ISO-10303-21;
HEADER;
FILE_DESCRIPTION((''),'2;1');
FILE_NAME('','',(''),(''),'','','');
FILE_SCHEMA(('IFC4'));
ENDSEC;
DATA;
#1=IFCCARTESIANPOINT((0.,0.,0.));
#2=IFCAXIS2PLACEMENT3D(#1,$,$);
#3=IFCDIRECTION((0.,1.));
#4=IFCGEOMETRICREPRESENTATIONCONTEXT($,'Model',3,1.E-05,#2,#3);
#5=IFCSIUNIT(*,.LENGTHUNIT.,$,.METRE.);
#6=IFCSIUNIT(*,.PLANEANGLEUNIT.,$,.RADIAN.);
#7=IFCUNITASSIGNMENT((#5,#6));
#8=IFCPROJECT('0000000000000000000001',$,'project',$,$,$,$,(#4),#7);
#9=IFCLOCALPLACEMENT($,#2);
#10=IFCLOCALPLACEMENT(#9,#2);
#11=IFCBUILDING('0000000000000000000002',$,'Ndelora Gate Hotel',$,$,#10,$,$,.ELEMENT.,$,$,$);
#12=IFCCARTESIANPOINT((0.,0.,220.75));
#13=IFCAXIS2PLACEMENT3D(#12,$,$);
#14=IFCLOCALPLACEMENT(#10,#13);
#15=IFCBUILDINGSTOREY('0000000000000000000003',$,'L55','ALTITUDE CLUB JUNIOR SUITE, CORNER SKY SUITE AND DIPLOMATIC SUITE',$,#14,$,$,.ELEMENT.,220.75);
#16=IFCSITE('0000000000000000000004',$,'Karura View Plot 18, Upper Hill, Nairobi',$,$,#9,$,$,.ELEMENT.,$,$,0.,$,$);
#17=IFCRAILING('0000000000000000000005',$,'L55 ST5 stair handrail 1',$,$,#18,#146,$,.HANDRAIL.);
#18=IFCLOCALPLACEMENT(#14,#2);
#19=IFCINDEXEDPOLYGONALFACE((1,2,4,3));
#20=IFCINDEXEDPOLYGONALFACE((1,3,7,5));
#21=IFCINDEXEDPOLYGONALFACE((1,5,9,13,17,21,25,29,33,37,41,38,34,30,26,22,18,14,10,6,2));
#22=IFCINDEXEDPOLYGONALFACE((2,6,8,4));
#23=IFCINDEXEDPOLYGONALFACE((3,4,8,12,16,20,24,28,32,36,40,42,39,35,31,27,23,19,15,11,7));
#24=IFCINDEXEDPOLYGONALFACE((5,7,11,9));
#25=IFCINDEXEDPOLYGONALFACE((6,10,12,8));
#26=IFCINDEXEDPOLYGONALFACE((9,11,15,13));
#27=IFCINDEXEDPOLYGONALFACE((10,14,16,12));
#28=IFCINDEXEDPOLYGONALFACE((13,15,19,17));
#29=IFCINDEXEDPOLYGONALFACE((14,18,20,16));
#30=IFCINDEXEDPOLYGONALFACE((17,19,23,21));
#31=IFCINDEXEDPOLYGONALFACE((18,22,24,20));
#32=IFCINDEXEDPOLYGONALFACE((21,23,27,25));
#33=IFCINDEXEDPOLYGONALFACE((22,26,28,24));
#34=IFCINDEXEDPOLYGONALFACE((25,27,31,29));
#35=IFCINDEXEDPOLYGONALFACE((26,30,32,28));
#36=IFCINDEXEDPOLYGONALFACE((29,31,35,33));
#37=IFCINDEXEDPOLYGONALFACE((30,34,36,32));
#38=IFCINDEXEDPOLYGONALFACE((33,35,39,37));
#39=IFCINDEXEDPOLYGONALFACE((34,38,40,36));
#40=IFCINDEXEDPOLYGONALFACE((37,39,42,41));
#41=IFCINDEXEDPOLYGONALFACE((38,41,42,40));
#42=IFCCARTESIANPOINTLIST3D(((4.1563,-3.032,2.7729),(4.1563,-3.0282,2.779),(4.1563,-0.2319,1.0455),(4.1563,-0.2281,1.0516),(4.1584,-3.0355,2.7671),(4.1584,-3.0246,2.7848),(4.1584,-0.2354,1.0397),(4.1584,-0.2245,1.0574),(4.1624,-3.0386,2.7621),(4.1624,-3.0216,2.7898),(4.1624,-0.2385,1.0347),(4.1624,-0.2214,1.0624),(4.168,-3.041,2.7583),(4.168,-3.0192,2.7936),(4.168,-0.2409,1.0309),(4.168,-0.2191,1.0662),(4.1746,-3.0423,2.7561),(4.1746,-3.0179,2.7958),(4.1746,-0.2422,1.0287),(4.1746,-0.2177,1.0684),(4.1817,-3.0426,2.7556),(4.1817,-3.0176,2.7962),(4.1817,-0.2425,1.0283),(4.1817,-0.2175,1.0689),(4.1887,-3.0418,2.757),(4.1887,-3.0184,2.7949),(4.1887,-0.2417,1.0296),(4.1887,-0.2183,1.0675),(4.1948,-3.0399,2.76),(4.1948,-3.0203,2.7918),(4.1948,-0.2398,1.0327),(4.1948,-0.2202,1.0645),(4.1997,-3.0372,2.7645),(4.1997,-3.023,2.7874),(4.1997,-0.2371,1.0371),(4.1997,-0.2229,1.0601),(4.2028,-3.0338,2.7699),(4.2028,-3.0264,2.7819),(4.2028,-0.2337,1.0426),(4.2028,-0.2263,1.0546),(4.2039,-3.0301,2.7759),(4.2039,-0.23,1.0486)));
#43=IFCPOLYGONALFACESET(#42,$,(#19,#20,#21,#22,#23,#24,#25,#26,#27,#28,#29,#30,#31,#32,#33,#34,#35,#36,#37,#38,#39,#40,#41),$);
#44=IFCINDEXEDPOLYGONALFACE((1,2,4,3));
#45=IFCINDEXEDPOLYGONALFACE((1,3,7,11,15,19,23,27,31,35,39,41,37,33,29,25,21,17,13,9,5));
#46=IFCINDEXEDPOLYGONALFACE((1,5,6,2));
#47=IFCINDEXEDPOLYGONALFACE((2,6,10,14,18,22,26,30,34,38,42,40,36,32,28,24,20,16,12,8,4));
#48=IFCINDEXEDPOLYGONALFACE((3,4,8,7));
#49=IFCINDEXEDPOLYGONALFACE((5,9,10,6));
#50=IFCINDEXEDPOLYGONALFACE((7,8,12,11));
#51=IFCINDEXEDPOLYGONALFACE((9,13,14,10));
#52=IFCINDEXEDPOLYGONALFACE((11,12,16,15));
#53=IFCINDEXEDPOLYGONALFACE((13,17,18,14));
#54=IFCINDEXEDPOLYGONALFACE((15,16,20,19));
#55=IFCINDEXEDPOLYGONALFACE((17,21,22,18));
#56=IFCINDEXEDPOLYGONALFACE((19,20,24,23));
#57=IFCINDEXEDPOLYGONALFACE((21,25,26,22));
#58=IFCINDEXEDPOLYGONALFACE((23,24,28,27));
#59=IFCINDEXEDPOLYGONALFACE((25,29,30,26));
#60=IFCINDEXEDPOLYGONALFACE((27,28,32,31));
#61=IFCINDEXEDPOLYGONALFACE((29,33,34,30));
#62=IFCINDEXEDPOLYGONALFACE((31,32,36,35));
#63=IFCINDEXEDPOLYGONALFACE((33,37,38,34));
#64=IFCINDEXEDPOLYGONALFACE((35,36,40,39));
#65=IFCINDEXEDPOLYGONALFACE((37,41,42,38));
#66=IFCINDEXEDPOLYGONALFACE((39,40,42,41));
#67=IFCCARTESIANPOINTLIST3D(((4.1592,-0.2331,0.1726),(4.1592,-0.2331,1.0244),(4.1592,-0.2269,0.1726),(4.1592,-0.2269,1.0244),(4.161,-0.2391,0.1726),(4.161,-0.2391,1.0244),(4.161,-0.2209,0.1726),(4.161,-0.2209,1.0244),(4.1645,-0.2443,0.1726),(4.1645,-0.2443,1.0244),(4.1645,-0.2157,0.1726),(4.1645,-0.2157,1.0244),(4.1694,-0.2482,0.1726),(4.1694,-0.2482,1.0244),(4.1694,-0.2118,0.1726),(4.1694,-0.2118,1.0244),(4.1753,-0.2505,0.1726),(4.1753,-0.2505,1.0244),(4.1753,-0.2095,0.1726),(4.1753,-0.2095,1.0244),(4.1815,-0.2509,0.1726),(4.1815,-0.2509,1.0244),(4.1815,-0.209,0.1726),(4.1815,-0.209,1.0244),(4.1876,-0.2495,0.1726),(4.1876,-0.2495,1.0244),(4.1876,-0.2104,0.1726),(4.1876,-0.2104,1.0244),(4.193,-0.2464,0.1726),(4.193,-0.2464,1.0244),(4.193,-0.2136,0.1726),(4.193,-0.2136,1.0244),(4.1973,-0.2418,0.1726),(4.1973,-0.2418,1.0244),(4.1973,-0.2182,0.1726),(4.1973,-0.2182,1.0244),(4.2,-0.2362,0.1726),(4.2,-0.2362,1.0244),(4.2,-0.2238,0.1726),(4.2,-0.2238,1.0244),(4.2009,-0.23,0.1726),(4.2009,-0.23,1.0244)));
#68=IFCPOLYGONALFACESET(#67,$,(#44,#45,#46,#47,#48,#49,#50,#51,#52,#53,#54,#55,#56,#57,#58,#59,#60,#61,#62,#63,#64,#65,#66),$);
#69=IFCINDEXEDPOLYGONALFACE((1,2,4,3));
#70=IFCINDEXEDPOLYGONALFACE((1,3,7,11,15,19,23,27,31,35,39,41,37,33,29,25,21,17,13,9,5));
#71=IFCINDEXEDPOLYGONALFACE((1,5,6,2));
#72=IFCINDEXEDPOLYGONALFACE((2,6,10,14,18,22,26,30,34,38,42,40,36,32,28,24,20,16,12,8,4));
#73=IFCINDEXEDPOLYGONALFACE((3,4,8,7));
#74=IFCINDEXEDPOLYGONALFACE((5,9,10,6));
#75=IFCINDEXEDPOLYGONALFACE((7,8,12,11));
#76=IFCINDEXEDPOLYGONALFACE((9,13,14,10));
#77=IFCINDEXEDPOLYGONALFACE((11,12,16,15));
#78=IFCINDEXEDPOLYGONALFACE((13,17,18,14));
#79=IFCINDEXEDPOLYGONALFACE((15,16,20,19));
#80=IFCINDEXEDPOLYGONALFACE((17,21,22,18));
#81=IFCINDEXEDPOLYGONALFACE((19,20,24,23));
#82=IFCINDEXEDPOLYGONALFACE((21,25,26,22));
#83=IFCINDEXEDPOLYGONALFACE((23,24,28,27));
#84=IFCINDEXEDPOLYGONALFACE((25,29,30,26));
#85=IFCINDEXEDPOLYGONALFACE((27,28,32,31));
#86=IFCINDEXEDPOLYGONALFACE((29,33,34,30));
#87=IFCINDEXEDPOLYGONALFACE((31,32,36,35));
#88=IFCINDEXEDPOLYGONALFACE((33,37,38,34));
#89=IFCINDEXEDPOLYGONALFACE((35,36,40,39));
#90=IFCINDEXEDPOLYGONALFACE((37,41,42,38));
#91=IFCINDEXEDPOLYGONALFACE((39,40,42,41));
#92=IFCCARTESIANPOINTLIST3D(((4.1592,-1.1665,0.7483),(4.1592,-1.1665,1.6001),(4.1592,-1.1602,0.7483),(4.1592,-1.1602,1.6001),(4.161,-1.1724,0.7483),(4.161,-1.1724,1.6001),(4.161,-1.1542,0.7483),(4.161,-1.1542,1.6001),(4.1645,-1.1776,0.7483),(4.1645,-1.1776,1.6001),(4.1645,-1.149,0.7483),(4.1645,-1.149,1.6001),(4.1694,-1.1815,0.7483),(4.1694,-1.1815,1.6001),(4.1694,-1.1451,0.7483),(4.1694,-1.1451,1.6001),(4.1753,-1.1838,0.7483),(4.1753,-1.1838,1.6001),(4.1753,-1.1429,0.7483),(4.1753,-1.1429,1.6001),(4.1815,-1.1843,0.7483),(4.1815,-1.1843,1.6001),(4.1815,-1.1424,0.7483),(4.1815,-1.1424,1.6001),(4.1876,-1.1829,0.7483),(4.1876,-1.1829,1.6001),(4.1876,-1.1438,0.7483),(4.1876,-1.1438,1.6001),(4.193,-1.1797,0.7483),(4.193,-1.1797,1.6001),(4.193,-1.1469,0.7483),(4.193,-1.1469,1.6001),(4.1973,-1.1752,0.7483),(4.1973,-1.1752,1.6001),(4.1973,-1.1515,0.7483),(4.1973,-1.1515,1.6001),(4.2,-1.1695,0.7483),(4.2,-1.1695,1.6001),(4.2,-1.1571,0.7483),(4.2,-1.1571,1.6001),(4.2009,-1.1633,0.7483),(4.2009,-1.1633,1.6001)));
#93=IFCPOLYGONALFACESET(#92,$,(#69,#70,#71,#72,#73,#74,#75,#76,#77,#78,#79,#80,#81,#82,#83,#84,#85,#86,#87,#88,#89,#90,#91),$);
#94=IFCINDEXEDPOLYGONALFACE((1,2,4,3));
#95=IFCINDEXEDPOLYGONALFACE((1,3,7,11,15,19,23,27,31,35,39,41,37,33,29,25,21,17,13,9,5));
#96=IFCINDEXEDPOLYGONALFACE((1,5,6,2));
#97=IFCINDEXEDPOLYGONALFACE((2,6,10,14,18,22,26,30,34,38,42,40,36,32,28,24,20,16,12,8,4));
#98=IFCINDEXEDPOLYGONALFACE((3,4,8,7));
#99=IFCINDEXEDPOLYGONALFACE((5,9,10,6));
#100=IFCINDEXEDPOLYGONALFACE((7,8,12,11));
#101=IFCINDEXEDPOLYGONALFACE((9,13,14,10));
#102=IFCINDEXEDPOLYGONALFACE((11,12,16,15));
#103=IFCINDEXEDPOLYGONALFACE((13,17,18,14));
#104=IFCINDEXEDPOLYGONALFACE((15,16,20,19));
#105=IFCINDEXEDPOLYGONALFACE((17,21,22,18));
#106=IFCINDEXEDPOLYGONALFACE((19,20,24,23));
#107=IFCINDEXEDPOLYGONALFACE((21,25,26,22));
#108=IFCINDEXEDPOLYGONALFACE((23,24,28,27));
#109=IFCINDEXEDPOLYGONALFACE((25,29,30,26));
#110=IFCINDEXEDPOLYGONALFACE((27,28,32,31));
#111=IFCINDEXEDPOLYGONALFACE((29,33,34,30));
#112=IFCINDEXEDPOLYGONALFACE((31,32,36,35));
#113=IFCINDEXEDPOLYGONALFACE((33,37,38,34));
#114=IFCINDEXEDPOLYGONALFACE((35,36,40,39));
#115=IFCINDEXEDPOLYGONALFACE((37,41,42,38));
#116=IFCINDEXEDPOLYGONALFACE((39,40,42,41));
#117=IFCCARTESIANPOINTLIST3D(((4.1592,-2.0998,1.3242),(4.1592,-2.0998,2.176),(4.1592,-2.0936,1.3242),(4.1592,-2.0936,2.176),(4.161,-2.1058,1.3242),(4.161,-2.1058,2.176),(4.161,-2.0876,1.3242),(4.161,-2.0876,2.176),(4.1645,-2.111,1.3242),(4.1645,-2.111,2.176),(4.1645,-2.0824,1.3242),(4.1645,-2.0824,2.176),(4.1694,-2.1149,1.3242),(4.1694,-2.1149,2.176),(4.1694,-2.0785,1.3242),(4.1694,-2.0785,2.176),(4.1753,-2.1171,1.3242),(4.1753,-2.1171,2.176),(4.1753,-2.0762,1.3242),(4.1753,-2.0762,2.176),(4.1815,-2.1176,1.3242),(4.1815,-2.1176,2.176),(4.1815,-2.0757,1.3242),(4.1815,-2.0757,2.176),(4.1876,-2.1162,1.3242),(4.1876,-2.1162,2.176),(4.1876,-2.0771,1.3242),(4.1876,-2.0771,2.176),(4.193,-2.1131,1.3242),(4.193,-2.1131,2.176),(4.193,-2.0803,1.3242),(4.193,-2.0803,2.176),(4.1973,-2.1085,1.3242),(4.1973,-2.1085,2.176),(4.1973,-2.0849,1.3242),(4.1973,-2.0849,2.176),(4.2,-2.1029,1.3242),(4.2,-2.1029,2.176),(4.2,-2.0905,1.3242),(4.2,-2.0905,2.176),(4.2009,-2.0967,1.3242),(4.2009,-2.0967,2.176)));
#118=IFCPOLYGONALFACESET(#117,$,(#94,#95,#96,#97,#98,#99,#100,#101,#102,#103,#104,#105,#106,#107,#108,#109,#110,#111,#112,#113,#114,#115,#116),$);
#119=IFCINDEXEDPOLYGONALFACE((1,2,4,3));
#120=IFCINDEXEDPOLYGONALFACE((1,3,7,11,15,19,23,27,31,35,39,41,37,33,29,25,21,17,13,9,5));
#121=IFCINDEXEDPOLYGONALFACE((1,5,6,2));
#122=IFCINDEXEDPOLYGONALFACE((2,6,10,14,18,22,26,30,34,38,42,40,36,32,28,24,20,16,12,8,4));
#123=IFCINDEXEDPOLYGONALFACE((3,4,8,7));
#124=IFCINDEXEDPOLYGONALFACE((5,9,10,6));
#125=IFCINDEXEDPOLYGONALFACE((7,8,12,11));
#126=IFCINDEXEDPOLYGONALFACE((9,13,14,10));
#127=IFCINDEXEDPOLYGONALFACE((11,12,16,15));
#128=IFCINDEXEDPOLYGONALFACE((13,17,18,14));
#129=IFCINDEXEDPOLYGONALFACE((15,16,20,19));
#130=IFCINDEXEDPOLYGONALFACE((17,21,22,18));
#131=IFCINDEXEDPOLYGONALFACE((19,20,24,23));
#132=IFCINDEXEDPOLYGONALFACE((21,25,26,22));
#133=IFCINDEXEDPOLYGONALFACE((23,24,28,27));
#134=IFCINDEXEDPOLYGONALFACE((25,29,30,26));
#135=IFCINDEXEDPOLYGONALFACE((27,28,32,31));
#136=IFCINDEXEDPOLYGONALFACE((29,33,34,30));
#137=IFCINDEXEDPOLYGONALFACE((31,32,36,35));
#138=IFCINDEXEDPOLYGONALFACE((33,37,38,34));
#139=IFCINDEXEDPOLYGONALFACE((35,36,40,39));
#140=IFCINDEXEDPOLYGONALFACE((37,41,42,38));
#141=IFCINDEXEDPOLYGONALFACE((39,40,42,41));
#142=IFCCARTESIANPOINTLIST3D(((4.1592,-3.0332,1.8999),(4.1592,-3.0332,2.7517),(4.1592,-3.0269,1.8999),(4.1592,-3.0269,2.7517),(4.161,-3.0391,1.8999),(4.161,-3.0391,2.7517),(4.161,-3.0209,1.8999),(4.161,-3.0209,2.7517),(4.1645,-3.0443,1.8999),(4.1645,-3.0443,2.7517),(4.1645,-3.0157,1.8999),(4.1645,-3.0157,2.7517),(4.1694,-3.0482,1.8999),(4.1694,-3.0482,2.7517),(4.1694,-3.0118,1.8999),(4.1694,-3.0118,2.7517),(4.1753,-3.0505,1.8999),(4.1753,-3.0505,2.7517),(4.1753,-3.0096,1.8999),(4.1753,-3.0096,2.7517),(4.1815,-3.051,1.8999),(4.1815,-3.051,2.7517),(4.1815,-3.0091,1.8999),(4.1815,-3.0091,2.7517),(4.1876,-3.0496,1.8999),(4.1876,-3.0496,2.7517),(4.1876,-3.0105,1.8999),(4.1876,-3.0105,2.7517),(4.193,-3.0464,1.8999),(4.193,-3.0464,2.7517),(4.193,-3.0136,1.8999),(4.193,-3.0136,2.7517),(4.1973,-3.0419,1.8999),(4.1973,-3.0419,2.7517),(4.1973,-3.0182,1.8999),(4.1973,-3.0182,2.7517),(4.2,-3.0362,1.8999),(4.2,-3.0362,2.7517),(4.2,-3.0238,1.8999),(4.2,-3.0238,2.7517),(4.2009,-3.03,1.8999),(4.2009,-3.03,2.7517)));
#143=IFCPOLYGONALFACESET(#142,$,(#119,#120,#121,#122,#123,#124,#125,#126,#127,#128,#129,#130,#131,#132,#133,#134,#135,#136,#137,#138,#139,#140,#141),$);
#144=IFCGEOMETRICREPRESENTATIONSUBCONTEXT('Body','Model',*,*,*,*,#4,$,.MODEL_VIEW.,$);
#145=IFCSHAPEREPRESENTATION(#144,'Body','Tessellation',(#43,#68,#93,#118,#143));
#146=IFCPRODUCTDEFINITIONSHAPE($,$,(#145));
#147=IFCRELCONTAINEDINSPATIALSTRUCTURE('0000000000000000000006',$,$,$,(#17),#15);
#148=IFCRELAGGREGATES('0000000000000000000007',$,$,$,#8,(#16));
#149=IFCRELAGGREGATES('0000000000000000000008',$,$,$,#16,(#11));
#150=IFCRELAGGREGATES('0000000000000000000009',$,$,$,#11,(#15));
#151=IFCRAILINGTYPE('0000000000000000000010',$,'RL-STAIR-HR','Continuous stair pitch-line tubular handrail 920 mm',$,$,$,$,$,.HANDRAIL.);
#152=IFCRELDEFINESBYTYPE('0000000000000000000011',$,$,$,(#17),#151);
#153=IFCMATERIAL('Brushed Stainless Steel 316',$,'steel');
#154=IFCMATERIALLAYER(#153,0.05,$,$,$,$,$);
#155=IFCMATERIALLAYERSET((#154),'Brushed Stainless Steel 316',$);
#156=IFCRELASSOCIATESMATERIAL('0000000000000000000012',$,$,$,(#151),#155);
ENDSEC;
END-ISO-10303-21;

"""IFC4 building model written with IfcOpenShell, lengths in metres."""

from ifc_helpers import new_model, si_unit, direction, frame, origin, origin_2d, place, context, subcontext, project, spatial, circle, extrude, material, layer, layer_set, type_object, element, save


model = new_model("IFC4")

# Units and contexts
model_context = context("Model", 3, precision=1e-05, world=origin(), true_north=direction((0.0, 1.0)))
body_context = subcontext(model_context, "Body", "Model", "MODEL_VIEW")
ifc_project = project(units=[si_unit("LENGTHUNIT", "METRE"), si_unit("PLANEANGLEUNIT", "RADIAN")], contexts=[model_context])

# Site, building, storey
site_placement = place(None, origin())
site = spatial("IfcSite", under=ifc_project, at=site_placement, Name="Karura View Plot 18, Upper Hill, Nairobi", CompositionType="ELEMENT", RefElevation=0.0)
building_placement = place(site_placement, origin())
building = spatial("IfcBuilding", under=site, at=building_placement, Name="Ndelora Gate Hotel", CompositionType="ELEMENT")
storey_placement = place(building_placement, frame((0.0, 0.0, 220.75)))
storey = spatial("IfcBuildingStorey", under=building, at=storey_placement, Name="L55", Description="ALTITUDE CLUB JUNIOR SUITE, CORNER SKY SUITE AND DIPLOMATIC SUITE", CompositionType="ELEMENT", Elevation=220.75)

# Railing
ifc_material_1 = material(Name="Brushed Stainless Steel 316", Category="steel")
ifc_layer_1 = layer(ifc_material_1, 0.05)
ifc_layer_set_1 = layer_set([ifc_layer_1], Name="Brushed Stainless Steel 316")
railing_type_1 = type_object("IfcRailingType", Name="RL-STAIR-HR", Description="Continuous stair pitch-line tubular handrail 920 mm", PredefinedType="HANDRAIL", material=ifc_layer_set_1)
railing_1_placement = place(storey_placement, frame((4.1799, -0.23, 0.1726)))
element("IfcRailing", 1, at=railing_1_placement, inside=storey, type_object=railing_type_1, Name="L55 ST5 stair handrail 1", PredefinedType="HANDRAIL", context=body_context, shape_type="SweptSolid", body=[
    extrude(circle(Radius=0.0239, at=origin_2d()), frame((0.0, 0.0, 0.876), z_axis=(0.0, -0.85109, 0.52502), x_axis=(1.0, 0.0, 0.0)), (0.0, 0.0, 1.0), 3.29),
    extrude(circle(Radius=0.021, at=origin_2d()), origin(), (0.0, 0.0, 1.0), 0.8518),
    extrude(circle(Radius=0.021, at=origin_2d()), frame((0.0, -0.9333, 0.5757)), (0.0, 0.0, 1.0), 0.8518),
    extrude(circle(Radius=0.021, at=origin_2d()), frame((0.0, -1.8667, 1.1516)), (0.0, 0.0, 1.0), 0.8518),
    extrude(circle(Radius=0.021, at=origin_2d()), frame((0.0, -2.8, 1.7273)), (0.0, 0.0, 1.0), 0.8518),
])

save(model, "model.ifc")
